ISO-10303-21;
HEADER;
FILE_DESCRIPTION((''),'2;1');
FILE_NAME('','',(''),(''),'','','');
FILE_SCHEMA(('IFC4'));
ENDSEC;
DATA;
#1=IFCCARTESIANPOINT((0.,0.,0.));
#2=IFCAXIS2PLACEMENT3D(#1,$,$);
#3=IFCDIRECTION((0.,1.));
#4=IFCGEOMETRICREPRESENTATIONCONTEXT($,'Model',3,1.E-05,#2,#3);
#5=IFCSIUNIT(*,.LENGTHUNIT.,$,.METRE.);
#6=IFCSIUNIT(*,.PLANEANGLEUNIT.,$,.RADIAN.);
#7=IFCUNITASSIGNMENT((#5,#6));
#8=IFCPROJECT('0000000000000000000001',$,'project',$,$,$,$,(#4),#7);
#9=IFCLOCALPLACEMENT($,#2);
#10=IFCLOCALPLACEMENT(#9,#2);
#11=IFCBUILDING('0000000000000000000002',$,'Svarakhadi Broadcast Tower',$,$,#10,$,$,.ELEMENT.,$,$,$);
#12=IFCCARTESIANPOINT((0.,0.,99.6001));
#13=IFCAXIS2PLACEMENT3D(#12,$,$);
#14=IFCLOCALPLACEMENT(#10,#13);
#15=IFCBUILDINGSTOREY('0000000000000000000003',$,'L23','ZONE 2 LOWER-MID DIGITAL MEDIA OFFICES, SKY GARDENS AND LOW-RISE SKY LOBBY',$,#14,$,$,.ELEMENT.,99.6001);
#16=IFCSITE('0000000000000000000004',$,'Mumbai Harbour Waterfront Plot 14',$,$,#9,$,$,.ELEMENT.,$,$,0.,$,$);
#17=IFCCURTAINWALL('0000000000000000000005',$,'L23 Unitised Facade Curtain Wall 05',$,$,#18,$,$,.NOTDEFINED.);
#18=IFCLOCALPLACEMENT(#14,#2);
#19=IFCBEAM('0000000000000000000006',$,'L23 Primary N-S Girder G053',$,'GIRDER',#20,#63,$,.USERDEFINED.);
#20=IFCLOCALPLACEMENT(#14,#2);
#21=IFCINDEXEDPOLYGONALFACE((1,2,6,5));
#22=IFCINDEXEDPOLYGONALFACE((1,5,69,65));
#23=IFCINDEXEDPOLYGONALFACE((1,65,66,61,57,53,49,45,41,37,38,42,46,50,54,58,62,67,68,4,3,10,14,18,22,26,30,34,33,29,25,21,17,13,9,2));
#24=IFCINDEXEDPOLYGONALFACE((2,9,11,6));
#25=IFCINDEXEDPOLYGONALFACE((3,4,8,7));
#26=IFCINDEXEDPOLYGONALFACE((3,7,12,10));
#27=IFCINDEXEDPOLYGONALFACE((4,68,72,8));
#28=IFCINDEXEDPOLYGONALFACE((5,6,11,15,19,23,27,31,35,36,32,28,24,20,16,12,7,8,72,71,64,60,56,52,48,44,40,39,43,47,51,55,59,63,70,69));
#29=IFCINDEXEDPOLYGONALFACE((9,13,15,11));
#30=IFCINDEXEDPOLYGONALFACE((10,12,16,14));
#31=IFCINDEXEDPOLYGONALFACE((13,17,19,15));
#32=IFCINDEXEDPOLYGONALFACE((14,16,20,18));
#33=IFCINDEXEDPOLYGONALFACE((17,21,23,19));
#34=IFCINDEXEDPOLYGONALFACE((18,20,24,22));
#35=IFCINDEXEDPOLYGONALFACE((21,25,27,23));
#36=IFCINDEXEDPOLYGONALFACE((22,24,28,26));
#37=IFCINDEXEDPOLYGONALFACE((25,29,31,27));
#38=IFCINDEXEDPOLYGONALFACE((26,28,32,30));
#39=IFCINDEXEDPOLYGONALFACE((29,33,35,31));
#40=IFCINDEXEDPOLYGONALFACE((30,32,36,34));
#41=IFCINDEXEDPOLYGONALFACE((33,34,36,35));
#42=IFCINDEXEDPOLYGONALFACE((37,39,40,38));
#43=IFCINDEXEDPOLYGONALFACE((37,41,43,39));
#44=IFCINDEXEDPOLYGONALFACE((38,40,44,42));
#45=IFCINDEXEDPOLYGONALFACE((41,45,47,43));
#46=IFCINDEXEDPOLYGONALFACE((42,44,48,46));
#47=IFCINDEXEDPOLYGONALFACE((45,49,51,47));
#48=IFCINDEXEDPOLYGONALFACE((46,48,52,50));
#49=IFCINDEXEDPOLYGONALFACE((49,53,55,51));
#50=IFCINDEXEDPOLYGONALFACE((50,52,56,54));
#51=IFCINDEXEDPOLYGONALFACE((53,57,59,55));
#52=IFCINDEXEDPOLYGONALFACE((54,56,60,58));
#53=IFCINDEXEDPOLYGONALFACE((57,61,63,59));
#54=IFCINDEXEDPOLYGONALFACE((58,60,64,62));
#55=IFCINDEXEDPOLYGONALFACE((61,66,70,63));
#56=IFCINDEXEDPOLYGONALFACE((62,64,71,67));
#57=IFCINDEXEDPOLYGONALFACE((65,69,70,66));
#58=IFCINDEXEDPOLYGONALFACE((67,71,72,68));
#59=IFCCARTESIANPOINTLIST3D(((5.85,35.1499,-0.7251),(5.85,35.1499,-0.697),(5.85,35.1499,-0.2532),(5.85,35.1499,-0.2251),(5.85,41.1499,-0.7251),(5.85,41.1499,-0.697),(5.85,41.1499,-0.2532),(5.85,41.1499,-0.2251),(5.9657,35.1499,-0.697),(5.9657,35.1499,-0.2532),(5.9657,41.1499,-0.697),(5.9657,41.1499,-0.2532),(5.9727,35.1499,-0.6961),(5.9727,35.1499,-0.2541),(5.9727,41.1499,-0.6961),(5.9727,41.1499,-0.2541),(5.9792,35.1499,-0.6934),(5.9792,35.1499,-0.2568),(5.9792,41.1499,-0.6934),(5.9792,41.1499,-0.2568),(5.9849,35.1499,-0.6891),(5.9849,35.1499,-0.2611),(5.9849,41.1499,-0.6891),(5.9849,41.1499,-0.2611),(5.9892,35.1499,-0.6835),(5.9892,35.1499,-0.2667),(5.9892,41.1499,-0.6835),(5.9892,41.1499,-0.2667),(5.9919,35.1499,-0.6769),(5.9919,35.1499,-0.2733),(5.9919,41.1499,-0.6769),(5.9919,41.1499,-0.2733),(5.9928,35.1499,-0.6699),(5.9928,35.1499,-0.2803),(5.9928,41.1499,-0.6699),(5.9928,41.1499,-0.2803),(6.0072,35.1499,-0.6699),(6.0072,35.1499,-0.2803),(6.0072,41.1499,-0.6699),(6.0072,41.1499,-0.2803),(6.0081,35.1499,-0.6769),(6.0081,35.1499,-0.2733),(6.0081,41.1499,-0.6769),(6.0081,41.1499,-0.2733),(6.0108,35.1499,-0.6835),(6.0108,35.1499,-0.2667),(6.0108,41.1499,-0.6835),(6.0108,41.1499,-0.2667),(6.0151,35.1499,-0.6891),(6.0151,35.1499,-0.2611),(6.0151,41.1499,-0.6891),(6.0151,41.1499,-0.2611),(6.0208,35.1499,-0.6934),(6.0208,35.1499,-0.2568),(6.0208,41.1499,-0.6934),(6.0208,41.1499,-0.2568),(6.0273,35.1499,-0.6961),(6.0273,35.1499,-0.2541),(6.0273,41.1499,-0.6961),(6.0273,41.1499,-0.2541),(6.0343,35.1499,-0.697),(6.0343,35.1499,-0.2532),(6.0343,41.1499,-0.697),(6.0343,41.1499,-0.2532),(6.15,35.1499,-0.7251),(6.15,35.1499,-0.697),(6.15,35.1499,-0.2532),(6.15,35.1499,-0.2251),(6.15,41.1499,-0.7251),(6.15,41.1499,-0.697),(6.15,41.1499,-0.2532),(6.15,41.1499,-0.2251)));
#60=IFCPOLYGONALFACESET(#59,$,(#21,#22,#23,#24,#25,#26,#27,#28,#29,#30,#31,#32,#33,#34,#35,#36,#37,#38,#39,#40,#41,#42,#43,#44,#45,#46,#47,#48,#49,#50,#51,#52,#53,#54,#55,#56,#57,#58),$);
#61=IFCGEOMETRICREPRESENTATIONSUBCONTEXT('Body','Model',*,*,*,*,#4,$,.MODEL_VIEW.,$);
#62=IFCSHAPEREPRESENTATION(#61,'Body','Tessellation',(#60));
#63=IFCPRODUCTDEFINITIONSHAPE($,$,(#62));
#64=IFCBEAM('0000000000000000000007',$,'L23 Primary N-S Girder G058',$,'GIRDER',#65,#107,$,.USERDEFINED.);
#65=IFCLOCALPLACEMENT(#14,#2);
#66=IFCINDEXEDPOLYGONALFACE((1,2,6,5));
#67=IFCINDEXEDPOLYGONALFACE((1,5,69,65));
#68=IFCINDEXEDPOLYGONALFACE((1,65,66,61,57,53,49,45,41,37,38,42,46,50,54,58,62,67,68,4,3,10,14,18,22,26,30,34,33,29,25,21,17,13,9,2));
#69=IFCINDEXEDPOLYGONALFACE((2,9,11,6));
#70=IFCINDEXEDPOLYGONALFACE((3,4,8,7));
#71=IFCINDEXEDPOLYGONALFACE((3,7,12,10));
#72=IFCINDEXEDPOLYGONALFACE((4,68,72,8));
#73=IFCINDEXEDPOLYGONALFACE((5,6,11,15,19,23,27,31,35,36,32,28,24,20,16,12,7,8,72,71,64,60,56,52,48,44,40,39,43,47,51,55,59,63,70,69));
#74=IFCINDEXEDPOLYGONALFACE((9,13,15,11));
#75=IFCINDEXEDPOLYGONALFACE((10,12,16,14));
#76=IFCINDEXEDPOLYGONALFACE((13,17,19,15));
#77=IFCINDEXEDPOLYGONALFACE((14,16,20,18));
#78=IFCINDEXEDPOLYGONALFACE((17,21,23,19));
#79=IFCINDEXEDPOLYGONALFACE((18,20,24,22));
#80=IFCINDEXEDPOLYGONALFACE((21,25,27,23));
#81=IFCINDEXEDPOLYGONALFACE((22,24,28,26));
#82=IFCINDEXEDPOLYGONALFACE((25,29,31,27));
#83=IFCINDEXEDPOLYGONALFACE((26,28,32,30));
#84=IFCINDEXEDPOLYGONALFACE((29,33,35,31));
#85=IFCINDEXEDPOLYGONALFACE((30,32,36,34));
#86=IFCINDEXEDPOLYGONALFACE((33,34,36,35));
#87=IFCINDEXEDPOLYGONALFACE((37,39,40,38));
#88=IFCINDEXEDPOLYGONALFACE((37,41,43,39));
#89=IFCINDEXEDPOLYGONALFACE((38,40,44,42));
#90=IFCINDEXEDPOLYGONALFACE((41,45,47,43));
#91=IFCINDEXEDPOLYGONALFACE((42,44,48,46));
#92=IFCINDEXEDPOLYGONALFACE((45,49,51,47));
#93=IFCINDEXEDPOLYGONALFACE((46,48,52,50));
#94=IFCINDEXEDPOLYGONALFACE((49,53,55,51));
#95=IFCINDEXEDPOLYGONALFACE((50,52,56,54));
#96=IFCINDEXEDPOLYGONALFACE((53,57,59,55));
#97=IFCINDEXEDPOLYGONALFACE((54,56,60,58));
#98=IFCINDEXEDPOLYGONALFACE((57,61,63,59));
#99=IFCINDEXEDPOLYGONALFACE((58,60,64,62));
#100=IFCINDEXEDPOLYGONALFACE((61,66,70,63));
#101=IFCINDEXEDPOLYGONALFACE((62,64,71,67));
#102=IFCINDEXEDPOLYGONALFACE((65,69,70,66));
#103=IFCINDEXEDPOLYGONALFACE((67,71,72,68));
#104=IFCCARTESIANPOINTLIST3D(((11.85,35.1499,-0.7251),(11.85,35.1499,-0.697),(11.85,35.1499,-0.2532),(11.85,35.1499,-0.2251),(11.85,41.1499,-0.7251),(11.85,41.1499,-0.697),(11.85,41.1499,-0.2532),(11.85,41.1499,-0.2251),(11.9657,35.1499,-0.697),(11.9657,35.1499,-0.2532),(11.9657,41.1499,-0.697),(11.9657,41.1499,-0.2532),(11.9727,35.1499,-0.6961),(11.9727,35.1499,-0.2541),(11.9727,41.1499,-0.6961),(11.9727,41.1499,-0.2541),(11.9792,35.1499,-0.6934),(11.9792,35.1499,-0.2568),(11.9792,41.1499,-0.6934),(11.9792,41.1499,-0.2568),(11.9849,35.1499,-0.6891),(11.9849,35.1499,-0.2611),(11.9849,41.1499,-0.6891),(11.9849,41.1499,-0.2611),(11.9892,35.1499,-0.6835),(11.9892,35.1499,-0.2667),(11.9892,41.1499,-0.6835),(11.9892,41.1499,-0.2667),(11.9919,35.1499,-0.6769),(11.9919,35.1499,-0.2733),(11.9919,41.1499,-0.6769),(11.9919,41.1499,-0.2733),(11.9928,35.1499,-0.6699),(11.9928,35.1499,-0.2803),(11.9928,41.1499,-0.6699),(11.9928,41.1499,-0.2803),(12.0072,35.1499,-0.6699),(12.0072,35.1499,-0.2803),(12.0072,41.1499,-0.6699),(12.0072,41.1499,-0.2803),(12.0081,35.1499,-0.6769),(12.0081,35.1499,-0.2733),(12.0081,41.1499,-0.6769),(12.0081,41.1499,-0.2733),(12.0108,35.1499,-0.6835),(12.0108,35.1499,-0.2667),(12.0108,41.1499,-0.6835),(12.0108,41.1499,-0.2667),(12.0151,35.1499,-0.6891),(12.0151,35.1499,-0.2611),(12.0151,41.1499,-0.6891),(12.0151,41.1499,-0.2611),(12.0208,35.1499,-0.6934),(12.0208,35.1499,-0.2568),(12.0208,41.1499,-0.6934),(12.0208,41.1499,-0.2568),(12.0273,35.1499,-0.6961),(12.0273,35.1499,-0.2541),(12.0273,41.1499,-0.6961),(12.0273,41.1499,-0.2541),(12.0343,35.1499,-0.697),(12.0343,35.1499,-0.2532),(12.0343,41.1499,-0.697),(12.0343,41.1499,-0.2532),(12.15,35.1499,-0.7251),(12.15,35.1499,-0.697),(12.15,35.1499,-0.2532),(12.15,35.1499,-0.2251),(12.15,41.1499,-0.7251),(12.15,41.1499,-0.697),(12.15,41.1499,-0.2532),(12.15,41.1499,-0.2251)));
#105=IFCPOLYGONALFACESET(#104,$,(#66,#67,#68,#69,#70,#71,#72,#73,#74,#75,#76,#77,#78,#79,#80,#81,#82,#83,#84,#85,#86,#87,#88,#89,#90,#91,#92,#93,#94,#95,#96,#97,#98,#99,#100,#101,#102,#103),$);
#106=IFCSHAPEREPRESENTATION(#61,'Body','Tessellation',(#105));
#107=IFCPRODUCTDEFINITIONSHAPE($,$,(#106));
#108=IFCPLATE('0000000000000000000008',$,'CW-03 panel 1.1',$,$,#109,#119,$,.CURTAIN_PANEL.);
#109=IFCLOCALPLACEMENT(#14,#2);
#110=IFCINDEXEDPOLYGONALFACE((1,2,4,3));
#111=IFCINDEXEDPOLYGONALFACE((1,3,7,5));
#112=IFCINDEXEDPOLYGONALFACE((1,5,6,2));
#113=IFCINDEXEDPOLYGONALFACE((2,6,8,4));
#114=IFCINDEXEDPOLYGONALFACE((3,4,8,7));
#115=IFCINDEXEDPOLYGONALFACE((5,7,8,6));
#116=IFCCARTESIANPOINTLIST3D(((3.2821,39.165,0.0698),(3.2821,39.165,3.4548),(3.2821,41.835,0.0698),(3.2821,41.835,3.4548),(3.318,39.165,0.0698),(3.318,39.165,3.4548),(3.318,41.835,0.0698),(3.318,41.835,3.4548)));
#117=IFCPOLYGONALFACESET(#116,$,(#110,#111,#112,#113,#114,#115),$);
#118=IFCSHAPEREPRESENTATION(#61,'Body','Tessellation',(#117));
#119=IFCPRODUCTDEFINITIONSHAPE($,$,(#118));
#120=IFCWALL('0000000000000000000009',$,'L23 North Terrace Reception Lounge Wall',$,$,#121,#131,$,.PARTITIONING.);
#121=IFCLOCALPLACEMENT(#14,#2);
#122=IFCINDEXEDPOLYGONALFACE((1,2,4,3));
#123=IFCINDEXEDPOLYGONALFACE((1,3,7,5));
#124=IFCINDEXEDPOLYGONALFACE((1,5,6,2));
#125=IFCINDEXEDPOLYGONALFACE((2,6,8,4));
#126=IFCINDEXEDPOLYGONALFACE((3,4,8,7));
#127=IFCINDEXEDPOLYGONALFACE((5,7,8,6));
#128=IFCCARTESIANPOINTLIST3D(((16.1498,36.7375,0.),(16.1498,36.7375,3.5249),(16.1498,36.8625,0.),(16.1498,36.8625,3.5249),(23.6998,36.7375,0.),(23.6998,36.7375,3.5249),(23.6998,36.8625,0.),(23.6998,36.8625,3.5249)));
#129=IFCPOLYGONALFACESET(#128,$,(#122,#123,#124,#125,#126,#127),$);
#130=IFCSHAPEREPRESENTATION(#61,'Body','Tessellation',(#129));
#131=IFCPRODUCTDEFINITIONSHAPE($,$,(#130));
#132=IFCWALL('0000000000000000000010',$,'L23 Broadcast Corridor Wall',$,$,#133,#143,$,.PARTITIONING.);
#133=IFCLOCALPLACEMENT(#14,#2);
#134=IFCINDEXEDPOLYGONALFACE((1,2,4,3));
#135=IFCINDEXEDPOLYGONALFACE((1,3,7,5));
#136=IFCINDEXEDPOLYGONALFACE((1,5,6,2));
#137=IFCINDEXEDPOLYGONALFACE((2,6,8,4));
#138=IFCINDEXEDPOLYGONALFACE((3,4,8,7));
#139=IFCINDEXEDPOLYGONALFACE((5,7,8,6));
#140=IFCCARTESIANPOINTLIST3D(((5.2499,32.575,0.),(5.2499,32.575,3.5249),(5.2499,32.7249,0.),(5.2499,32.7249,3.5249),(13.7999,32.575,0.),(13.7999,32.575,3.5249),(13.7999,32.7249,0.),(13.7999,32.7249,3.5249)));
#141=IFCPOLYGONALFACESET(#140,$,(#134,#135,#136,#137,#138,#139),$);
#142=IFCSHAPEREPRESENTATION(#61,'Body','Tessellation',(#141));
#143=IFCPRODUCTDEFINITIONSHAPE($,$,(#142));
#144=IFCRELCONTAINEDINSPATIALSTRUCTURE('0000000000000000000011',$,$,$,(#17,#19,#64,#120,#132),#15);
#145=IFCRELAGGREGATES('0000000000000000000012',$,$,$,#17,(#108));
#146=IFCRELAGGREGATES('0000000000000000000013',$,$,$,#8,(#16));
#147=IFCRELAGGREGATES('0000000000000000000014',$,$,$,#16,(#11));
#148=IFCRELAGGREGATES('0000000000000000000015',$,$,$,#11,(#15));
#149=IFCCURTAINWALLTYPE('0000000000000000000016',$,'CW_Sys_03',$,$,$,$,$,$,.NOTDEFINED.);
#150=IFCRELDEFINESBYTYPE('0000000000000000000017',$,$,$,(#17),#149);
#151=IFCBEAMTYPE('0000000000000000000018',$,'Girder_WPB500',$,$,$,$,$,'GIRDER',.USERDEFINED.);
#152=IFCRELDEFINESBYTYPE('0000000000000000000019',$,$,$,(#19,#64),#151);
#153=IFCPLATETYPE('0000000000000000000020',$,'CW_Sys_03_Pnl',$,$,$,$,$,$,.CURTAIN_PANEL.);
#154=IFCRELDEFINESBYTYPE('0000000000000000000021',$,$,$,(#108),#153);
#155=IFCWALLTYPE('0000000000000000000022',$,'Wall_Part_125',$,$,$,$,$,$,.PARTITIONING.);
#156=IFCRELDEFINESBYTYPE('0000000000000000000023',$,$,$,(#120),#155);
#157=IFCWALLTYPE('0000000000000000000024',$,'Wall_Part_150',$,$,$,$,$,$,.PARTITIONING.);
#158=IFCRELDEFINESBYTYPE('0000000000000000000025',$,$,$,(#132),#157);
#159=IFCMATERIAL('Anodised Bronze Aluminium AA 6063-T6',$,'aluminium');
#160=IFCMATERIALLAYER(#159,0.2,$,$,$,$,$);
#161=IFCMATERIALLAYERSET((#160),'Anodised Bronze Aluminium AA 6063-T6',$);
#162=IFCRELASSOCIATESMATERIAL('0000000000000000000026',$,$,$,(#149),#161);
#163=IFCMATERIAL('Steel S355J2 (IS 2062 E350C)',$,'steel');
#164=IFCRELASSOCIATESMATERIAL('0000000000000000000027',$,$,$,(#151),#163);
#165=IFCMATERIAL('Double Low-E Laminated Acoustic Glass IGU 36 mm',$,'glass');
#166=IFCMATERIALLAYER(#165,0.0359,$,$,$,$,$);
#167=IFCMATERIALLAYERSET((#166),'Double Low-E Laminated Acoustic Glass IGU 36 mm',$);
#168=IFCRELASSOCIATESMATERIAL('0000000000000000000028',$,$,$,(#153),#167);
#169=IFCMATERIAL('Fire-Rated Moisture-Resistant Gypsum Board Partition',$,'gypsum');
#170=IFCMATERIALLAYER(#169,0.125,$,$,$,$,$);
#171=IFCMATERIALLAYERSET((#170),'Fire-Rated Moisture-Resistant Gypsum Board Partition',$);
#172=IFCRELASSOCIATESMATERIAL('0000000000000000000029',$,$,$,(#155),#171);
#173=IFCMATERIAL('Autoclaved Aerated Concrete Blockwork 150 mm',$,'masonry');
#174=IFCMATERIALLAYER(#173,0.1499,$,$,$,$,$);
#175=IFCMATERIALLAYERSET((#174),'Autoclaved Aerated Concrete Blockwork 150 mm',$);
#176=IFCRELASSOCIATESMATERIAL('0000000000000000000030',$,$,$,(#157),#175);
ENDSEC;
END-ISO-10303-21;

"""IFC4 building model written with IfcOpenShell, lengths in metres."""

from ifc_helpers import new_model, si_unit, direction, frame, frame_2d, origin, origin_2d, place, context, subcontext, project, spatial, rectangle, i_section, extrude, material, layer, layer_set, material_profile, profile_set, type_object, element, aggregate, save


model = new_model("IFC4")

# Units and contexts
model_context = context("Model", 3, precision=1e-05, world=origin(), true_north=direction((0.0, 1.0)))
body_context = subcontext(model_context, "Body", "Model", "MODEL_VIEW")
ifc_project = project(units=[si_unit("LENGTHUNIT", "METRE"), si_unit("PLANEANGLEUNIT", "RADIAN")], contexts=[model_context])

# Site, building, storey
site_placement = place(None, origin())
site = spatial("IfcSite", under=ifc_project, at=site_placement, Name="Mumbai Harbour Waterfront Plot 14", CompositionType="ELEMENT", RefElevation=0.0)
building_placement = place(site_placement, origin())
building = spatial("IfcBuilding", under=site, at=building_placement, Name="Svarakhadi Broadcast Tower", CompositionType="ELEMENT")
storey_placement = place(building_placement, frame((0.0, 0.0, 99.6001)))
storey = spatial("IfcBuildingStorey", under=building, at=storey_placement, Name="L23", Description="ZONE 2 LOWER-MID DIGITAL MEDIA OFFICES, SKY GARDENS AND LOW-RISE SKY LOBBY", CompositionType="ELEMENT", Elevation=99.6001)

# Shared definitions
ifc_material_1 = material(Name="Steel S355J2 (IS 2062 E350C)", Category="steel")

# Curtain wall
ifc_material_2 = material(Name="Anodised Bronze Aluminium AA 6063-T6", Category="aluminium")
ifc_layer_1 = layer(ifc_material_2, 0.2)
ifc_layer_set_1 = layer_set([ifc_layer_1], Name="Anodised Bronze Aluminium AA 6063-T6")
curtain_wall_type = type_object("IfcCurtainWallType", Name="CW_Sys_03", PredefinedType="NOTDEFINED", material=ifc_layer_set_1)
curtain_wall_placement = place(storey_placement, origin())
curtain_wall = element("IfcCurtainWall", 1, at=curtain_wall_placement, inside=storey, type_object=curtain_wall_type, Name="L23 Unitised Facade Curtain Wall 05", PredefinedType="NOTDEFINED")

# Beams
ifc_material_profile_1 = material_profile(ifc_material_1, i_section(OverallWidth=0.3, OverallDepth=0.5, WebThickness=0.0144, FlangeThickness=0.0281, FilletRadius=0.0271, at=origin_2d()), Name="WPB 500x300x187")
ifc_profile_set_1 = profile_set([ifc_material_profile_1], Name="Steel S355J2 (IS 2062 E350C)")
beam_type_1 = type_object("IfcBeamType", Name="Girder_WPB500", ElementType="GIRDER", PredefinedType="USERDEFINED", material=ifc_profile_set_1)
for number, where, z_axis, x_axis, name in (
    (2, (6.0, 35.1499, -0.4751), (0.0, 1.0, 0.0), (-1.0, 0.0, 0.0), "L23 Primary N-S Girder G053"),
    (3, (12.0, 35.1499, -0.4751), (0.0, 1.0, 0.0), (-1.0, 0.0, 0.0), "L23 Primary N-S Girder G058"),
):
    element("IfcBeam", number, at=place(storey_placement, frame(where, z_axis=z_axis, x_axis=x_axis)), inside=storey, type_object=beam_type_1, Name=name, ObjectType="GIRDER", PredefinedType="USERDEFINED", context=body_context, shape_type="SweptSolid", body=[
        extrude(i_section(OverallWidth=0.3, OverallDepth=0.5, WebThickness=0.0144, FlangeThickness=0.0281, FilletRadius=0.0271, at=origin_2d()), origin(), (0.0, 0.0, 1.0), 6.0),
    ])

# Plate
ifc_material_3 = material(Name="Double Low-E Laminated Acoustic Glass IGU 36 mm", Category="glass")
ifc_layer_2 = layer(ifc_material_3, 0.0359)
ifc_layer_set_2 = layer_set([ifc_layer_2], Name="Double Low-E Laminated Acoustic Glass IGU 36 mm")
plate_type = type_object("IfcPlateType", Name="CW_Sys_03_Pnl", PredefinedType="CURTAIN_PANEL", material=ifc_layer_set_2)
plate_placement = place(storey_placement, frame((3.3, 40.5, 0.0698), z_axis=(0.0, 0.0, 1.0), x_axis=(0.0, 1.0, 0.0)))
plate = element("IfcPlate", 4, at=plate_placement, type_object=plate_type, Name="CW-03 panel 1.1", PredefinedType="CURTAIN_PANEL", context=body_context, shape_type="SweptSolid", body=[
    extrude(rectangle(XDim=2.6699, YDim=0.0359, at=origin_2d()), origin(), (0.0, 0.0, 1.0), 3.385),
])
aggregate(curtain_wall, [plate])

# Walls
ifc_material_4 = material(Name="Fire-Rated Moisture-Resistant Gypsum Board Partition", Category="gypsum")
ifc_layer_3 = layer(ifc_material_4, 0.125)
ifc_layer_set_3 = layer_set([ifc_layer_3], Name="Fire-Rated Moisture-Resistant Gypsum Board Partition")
wall_type_1 = type_object("IfcWallType", Name="Wall_Part_125", PredefinedType="PARTITIONING", material=ifc_layer_set_3)
wall_1_placement = place(storey_placement, frame((16.1499, 36.8, 0.0), z_axis=(0.0, 0.0, 1.0), x_axis=(1.0, 0.0, 0.0)))
element("IfcWall", 5, at=wall_1_placement, inside=storey, type_object=wall_type_1, Name="L23 North Terrace Reception Lounge Wall", PredefinedType="PARTITIONING", context=body_context, shape_type="SweptSolid", body=[
    extrude(rectangle(XDim=7.55, YDim=0.125, at=frame_2d((3.7749, 0.0))), origin(), (0.0, 0.0, 1.0), 3.5249),
])
ifc_material_5 = material(Name="Autoclaved Aerated Concrete Blockwork 150 mm", Category="masonry")
ifc_layer_4 = layer(ifc_material_5, 0.1499)
ifc_layer_set_4 = layer_set([ifc_layer_4], Name="Autoclaved Aerated Concrete Blockwork 150 mm")
wall_type_2 = type_object("IfcWallType", Name="Wall_Part_150", PredefinedType="PARTITIONING", material=ifc_layer_set_4)
wall_2_placement = place(storey_placement, frame((5.25, 32.6499, 0.0), z_axis=(0.0, 0.0, 1.0), x_axis=(1.0, 0.0, 0.0)))
element("IfcWall", 6, at=wall_2_placement, inside=storey, type_object=wall_type_2, Name="L23 Broadcast Corridor Wall", PredefinedType="PARTITIONING", context=body_context, shape_type="SweptSolid", body=[
    extrude(rectangle(XDim=8.55, YDim=0.1499, at=frame_2d((4.2749, 0.0))), origin(), (0.0, 0.0, 1.0), 3.5249),
])

save(model, "model.ifc")
